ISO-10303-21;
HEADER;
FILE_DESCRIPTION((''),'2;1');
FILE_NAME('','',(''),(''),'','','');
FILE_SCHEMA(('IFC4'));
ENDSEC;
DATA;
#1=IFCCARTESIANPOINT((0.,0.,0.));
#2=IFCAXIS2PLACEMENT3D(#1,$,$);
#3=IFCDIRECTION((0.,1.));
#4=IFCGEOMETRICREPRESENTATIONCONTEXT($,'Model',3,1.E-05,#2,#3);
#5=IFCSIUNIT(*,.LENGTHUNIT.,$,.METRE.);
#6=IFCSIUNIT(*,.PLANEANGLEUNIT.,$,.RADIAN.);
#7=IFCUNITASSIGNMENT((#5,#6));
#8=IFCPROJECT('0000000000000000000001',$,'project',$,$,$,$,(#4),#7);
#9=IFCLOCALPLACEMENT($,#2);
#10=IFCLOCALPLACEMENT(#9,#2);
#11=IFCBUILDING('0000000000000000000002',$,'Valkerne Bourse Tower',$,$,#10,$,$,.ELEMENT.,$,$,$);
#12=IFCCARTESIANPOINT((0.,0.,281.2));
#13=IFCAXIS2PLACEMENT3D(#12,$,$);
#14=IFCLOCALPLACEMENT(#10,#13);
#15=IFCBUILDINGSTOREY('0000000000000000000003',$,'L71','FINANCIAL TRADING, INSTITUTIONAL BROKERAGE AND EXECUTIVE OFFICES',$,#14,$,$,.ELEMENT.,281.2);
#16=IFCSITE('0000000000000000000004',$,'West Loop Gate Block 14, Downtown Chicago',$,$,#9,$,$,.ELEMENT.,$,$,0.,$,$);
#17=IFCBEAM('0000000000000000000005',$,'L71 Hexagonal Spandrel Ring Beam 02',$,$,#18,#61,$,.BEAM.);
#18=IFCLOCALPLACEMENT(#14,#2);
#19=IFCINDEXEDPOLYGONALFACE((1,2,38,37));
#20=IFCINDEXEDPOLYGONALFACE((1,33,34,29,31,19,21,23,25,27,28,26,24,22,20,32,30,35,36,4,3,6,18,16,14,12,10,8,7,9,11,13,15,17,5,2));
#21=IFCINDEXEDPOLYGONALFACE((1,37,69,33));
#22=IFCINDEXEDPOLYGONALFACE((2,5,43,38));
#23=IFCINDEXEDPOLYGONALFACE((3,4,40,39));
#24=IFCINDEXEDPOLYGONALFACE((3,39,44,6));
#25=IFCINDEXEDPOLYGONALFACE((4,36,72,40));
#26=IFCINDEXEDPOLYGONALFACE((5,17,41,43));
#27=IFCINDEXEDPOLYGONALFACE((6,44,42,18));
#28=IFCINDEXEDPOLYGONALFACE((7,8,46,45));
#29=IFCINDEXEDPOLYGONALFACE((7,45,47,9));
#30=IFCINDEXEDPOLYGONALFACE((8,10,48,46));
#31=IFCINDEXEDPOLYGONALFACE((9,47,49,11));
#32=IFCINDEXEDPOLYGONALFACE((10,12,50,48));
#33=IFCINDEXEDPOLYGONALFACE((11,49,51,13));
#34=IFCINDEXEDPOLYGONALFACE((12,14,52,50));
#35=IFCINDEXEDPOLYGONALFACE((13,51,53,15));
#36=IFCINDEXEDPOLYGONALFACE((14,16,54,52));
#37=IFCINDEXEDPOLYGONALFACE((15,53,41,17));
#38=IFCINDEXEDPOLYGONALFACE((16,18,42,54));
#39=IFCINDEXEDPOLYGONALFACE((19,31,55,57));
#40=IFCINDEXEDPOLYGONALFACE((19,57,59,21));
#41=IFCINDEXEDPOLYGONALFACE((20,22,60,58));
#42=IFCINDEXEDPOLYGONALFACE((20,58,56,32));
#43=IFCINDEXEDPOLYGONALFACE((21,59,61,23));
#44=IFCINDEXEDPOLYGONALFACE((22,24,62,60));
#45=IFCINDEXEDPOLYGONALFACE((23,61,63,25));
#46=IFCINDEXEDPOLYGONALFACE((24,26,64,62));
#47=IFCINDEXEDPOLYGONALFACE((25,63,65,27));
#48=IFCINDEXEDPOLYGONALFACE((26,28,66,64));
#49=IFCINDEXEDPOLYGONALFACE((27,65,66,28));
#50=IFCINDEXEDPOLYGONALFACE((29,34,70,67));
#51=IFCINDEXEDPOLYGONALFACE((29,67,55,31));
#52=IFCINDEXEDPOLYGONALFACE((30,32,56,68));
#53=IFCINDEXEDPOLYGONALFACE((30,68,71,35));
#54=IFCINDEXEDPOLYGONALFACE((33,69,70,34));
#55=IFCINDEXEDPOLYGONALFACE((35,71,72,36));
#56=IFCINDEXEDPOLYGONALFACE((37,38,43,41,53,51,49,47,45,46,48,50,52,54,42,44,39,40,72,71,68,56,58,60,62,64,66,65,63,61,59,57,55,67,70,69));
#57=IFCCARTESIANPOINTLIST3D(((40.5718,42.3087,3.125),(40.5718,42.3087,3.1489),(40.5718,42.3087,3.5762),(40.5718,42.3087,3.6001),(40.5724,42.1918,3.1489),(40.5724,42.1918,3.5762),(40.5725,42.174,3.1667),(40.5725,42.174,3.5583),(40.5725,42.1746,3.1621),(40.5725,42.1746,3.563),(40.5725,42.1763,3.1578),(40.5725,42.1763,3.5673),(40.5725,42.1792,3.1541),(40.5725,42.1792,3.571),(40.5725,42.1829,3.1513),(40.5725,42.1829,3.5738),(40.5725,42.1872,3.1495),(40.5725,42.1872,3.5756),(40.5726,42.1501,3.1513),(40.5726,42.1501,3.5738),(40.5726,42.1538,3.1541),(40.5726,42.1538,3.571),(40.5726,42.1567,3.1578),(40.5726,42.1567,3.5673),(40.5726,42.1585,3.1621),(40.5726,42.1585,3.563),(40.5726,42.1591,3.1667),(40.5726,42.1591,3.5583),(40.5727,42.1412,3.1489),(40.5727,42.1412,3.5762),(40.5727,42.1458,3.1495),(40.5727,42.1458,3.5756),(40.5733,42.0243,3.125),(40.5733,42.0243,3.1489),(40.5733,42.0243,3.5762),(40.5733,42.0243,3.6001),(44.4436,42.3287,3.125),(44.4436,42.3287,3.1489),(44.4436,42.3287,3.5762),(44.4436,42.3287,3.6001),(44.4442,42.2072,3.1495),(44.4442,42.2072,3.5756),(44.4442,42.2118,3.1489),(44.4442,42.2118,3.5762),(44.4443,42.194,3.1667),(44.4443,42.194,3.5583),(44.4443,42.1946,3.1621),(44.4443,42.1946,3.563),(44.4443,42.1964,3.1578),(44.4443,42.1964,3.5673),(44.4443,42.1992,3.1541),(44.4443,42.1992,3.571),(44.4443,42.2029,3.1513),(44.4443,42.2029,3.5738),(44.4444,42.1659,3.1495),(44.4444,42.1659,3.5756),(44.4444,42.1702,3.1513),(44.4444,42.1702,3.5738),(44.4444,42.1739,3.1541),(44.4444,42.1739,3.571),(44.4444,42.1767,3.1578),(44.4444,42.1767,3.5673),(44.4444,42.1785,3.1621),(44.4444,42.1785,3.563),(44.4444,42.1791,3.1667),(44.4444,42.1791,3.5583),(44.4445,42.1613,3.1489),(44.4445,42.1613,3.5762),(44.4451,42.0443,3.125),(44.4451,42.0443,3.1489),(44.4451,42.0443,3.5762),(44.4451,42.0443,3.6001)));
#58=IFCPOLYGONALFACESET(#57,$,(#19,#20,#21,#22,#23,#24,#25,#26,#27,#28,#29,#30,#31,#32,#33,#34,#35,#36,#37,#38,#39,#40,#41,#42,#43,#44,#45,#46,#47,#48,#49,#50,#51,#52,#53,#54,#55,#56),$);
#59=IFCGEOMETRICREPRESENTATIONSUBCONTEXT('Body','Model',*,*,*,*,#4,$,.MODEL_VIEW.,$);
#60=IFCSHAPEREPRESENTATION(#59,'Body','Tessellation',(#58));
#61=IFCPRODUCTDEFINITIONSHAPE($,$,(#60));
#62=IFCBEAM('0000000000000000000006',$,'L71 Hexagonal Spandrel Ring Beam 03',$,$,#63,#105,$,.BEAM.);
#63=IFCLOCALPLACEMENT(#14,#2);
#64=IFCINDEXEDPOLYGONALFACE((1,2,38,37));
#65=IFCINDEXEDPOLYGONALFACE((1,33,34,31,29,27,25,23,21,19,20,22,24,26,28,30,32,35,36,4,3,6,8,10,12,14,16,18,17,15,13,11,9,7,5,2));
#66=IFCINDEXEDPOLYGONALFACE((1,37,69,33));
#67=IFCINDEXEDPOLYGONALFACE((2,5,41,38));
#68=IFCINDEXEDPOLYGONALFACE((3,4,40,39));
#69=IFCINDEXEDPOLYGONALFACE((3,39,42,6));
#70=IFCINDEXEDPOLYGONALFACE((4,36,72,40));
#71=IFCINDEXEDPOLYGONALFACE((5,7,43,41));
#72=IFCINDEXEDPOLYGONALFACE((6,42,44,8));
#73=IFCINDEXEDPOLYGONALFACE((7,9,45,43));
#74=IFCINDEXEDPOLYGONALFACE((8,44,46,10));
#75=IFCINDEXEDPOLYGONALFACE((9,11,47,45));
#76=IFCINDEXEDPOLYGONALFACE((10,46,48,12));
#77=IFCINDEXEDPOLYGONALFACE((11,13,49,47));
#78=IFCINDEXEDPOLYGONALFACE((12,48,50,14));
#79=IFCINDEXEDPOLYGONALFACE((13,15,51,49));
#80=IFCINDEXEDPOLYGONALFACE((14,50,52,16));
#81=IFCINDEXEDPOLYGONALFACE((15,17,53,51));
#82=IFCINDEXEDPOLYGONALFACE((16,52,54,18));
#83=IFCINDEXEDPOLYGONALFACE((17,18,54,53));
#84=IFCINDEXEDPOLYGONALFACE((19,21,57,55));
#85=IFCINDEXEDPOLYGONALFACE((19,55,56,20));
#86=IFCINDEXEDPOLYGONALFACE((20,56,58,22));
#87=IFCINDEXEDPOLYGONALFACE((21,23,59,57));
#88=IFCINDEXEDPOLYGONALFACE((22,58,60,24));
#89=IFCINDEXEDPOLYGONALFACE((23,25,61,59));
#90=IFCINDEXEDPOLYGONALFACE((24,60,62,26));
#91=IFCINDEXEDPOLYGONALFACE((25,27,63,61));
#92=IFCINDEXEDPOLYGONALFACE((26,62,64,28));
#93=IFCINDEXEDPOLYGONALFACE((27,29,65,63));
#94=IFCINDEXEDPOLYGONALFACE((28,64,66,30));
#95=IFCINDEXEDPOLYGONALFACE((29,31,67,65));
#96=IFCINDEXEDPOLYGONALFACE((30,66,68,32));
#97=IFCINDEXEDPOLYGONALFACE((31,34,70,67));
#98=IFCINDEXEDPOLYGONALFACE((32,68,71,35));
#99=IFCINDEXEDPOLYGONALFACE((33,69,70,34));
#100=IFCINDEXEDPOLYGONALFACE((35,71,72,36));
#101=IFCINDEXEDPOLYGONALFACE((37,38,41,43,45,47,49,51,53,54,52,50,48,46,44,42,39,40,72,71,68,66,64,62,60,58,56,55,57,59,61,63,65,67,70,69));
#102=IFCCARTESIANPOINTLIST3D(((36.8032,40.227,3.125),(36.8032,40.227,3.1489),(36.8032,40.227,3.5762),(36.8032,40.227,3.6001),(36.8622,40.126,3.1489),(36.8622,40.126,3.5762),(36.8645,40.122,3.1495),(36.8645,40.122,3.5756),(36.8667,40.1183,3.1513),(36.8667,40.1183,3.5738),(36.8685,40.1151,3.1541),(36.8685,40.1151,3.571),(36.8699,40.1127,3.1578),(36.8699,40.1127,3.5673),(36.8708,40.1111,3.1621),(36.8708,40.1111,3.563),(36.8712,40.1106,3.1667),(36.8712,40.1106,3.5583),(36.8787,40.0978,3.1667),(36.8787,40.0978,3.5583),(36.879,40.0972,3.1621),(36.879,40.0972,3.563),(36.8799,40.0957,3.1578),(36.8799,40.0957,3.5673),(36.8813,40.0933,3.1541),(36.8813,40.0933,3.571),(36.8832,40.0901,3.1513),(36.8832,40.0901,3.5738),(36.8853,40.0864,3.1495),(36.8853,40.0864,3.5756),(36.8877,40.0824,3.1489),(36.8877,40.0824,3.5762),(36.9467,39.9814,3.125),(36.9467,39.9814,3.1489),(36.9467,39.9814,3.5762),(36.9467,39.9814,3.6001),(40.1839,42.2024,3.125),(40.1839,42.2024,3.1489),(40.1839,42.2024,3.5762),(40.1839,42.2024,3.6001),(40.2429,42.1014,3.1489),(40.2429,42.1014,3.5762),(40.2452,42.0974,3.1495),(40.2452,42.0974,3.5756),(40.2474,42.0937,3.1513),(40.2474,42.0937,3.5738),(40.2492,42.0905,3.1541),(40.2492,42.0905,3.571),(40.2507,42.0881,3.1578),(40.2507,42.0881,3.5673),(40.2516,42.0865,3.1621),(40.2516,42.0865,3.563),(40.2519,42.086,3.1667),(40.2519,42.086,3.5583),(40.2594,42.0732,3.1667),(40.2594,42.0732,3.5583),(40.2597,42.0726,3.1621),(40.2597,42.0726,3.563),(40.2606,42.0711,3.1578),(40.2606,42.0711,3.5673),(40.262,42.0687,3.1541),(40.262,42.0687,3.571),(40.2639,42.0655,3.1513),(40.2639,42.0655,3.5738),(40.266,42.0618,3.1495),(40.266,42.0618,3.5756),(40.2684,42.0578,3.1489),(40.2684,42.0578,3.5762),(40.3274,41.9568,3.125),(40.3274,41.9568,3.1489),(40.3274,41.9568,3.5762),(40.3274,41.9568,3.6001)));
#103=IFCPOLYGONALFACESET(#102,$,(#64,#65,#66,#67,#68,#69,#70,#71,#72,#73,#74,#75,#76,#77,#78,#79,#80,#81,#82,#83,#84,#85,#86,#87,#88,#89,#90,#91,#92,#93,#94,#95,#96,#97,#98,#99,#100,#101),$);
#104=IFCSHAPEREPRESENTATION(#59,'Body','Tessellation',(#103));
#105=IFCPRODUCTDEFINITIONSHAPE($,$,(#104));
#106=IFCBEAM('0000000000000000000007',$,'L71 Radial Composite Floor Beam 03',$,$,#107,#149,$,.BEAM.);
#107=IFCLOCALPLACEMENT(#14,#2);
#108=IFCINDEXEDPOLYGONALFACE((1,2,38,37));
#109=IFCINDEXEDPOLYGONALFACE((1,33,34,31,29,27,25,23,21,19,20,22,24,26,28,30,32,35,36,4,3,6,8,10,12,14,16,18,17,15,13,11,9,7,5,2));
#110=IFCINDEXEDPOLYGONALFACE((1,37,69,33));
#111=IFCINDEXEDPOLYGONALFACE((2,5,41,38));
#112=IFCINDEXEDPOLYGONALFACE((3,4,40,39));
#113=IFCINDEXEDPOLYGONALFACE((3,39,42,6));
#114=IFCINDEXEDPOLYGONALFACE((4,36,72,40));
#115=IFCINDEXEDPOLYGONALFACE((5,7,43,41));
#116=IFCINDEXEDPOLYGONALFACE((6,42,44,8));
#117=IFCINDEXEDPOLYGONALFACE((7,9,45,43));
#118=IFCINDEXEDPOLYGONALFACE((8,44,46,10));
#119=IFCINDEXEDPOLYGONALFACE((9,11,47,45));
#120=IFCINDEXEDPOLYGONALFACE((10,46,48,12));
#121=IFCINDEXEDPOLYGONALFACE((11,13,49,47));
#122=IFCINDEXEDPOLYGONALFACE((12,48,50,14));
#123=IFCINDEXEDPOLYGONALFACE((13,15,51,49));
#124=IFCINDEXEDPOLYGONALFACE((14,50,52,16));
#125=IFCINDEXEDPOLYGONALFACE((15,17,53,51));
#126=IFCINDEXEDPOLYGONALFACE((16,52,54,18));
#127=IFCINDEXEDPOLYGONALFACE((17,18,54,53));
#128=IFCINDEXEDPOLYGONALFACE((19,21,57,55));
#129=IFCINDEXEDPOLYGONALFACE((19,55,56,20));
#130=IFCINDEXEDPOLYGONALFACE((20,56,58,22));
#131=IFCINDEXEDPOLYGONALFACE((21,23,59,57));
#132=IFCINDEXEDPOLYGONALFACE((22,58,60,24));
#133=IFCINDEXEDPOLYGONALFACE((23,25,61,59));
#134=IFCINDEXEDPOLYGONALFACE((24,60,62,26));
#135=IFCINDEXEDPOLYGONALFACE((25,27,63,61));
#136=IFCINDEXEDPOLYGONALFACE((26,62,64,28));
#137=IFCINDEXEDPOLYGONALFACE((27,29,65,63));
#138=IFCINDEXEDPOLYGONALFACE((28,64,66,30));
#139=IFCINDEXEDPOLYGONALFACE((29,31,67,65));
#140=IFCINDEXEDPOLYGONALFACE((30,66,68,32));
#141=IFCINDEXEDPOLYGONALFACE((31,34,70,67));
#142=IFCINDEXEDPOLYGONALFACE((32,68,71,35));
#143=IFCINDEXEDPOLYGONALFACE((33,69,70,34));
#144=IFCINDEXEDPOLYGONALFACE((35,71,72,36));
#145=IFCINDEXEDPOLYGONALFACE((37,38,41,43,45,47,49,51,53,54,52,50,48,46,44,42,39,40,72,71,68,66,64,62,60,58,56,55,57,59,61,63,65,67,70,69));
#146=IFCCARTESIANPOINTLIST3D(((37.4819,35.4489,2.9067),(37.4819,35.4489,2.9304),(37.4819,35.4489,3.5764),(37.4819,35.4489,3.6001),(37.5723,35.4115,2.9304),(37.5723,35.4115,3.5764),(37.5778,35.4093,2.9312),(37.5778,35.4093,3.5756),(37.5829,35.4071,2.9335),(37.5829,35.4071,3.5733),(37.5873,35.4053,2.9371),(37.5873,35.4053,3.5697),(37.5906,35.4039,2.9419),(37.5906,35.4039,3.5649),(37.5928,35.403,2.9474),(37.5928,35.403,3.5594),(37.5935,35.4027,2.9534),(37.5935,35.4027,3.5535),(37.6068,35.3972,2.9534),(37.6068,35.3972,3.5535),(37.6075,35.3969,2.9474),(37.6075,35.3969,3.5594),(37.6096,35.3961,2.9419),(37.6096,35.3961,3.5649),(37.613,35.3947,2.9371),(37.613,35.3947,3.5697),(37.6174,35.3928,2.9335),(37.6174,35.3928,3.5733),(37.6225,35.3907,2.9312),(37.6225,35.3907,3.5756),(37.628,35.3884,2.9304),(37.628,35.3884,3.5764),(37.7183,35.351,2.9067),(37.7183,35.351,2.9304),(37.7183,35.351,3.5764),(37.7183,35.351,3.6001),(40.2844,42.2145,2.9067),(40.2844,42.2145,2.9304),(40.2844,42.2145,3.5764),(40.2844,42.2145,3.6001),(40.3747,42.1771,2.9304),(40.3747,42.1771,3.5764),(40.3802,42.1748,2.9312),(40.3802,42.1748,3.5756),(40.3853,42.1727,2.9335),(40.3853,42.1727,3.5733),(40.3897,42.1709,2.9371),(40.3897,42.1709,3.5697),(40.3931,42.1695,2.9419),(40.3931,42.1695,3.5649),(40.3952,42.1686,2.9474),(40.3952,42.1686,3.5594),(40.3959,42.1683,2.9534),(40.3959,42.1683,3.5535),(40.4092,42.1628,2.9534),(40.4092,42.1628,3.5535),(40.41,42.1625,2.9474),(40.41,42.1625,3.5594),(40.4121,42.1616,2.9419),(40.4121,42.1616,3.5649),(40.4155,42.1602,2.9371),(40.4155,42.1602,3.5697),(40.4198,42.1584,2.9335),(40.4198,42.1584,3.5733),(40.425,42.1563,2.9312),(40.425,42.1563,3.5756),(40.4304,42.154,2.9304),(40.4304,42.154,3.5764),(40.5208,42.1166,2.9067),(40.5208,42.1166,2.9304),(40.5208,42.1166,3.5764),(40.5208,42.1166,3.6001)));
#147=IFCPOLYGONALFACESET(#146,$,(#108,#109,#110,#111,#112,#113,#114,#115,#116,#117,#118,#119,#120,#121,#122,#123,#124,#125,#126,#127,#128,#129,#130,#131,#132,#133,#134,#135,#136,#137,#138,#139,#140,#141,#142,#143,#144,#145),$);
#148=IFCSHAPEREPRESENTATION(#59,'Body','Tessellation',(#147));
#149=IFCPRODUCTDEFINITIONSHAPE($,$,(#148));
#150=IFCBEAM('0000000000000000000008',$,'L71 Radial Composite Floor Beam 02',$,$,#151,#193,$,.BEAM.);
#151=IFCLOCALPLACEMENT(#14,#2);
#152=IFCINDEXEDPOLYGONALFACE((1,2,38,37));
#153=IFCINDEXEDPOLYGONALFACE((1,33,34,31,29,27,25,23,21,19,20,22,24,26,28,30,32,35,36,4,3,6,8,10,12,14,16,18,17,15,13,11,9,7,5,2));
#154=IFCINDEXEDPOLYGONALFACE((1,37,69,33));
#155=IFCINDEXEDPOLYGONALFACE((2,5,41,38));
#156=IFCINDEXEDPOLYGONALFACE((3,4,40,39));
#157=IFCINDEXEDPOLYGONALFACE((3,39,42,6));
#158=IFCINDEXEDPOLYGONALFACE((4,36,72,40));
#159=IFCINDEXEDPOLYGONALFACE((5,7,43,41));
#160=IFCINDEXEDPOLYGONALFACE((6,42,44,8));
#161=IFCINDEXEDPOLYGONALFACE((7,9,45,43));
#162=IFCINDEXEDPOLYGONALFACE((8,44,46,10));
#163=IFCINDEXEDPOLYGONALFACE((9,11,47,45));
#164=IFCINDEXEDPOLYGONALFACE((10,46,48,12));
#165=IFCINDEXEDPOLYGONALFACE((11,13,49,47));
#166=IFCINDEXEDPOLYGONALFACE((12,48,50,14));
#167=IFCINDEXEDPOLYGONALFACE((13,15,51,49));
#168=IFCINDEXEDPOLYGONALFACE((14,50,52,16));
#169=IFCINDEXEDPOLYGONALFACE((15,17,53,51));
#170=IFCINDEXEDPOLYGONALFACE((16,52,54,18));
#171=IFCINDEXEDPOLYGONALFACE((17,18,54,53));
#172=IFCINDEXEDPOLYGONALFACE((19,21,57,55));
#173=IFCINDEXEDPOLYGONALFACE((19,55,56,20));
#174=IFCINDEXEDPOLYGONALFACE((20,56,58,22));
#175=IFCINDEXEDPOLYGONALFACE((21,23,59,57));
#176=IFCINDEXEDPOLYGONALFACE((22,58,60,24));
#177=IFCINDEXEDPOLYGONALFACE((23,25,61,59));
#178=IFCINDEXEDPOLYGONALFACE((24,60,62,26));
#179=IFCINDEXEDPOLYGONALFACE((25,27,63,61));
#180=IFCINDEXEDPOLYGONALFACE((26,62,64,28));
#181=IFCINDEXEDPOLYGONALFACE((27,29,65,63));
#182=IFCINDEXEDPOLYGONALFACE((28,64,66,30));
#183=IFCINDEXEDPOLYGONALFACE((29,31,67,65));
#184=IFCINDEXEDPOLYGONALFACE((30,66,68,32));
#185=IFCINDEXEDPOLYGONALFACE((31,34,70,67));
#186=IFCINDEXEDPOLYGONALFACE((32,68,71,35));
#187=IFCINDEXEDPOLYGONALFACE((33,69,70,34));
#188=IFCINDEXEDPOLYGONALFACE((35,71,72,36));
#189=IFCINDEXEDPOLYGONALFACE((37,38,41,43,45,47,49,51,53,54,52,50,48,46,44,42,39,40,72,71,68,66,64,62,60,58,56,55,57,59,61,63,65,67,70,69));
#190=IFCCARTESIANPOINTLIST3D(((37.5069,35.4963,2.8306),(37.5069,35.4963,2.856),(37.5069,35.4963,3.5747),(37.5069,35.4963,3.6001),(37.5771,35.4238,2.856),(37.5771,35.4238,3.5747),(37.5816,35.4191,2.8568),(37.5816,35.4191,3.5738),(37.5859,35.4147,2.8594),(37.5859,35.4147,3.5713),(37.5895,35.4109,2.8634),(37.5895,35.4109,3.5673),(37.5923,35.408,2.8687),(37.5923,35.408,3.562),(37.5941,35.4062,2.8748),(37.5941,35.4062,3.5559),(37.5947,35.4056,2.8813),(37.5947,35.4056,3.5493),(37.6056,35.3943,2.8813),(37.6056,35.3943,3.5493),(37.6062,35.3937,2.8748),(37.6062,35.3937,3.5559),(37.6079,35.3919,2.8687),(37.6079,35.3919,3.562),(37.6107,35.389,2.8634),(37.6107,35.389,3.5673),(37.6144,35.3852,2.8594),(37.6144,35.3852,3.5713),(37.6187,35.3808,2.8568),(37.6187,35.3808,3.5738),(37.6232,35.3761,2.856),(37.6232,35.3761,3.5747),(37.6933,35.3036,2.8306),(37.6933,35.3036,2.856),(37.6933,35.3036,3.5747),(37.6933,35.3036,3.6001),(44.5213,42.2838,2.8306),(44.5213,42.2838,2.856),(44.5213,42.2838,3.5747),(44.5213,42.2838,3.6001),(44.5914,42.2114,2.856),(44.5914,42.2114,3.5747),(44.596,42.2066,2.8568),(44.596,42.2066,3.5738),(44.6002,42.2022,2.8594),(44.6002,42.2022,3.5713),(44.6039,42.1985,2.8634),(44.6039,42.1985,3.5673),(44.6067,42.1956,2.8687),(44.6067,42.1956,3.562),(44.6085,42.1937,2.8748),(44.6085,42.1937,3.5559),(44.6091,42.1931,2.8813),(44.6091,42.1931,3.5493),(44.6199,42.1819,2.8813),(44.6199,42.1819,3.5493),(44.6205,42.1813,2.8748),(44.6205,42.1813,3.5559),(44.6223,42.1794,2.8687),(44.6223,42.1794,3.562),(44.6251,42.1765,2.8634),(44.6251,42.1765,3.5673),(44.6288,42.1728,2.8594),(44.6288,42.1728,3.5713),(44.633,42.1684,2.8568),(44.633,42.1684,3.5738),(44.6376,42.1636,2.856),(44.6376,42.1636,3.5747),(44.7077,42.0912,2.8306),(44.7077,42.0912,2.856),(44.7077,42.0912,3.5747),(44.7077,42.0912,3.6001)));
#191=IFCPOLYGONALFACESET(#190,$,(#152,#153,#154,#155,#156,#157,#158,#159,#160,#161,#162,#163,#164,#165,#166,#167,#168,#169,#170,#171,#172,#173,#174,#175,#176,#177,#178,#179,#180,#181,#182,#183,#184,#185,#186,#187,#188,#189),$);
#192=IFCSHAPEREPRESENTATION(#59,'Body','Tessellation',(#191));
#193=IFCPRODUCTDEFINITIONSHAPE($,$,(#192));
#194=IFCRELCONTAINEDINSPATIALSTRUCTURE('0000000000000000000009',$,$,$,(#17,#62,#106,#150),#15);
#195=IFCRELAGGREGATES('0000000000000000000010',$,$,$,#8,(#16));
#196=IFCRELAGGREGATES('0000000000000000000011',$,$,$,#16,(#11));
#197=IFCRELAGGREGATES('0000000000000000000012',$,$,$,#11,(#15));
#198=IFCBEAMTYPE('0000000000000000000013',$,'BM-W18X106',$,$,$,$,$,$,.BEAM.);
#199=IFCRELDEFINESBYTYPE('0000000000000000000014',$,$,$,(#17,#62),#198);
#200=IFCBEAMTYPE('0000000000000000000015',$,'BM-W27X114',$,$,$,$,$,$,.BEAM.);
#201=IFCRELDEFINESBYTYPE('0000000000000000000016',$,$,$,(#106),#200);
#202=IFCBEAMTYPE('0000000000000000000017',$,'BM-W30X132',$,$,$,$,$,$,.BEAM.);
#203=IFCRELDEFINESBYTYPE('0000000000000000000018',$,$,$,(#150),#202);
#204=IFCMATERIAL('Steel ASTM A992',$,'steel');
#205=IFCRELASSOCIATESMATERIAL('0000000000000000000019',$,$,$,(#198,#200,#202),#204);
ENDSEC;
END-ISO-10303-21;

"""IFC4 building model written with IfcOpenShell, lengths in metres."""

from ifc_helpers import new_model, si_unit, direction, frame, origin, origin_2d, place, context, subcontext, project, spatial, i_section, extrude, material, material_profile, profile_set, type_object, element, save


model = new_model("IFC4")

# Units and contexts
model_context = context("Model", 3, precision=1e-05, world=origin(), true_north=direction((0.0, 1.0)))
body_context = subcontext(model_context, "Body", "Model", "MODEL_VIEW")
ifc_project = project(units=[si_unit("LENGTHUNIT", "METRE"), si_unit("PLANEANGLEUNIT", "RADIAN")], contexts=[model_context])

# Site, building, storey
site_placement = place(None, origin())
site = spatial("IfcSite", under=ifc_project, at=site_placement, Name="West Loop Gate Block 14, Downtown Chicago", CompositionType="ELEMENT", RefElevation=0.0)
building_placement = place(site_placement, origin())
building = spatial("IfcBuilding", under=site, at=building_placement, Name="Valkerne Bourse Tower", CompositionType="ELEMENT")
storey_placement = place(building_placement, frame((0.0, 0.0, 281.2)))
storey = spatial("IfcBuildingStorey", under=building, at=storey_placement, Name="L71", Description="FINANCIAL TRADING, INSTITUTIONAL BROKERAGE AND EXECUTIVE OFFICES", CompositionType="ELEMENT", Elevation=281.2)

# Beams
ifc_material_1 = material(Name="Steel ASTM A992", Category="steel")
ifc_material_profile_1 = material_profile(ifc_material_1, i_section(OverallWidth=0.2844, OverallDepth=0.4751, WebThickness=0.0149, FlangeThickness=0.0239, FilletRadius=0.0178, at=origin_2d()), Name="W18X106")
ifc_profile_set_1 = profile_set([ifc_material_profile_1], Name="Steel ASTM A992")
beam_type_1 = type_object("IfcBeamType", Name="BM-W18X106", PredefinedType="BEAM", material=ifc_profile_set_1)
beam_1_placement = place(storey_placement, frame((44.4443, 42.1865, 3.3625), z_axis=(-0.999987, -0.00517, 0.0), x_axis=(0.00517, -0.999987, 0.0)))
element("IfcBeam", 1, at=beam_1_placement, inside=storey, type_object=beam_type_1, Name="L71 Hexagonal Spandrel Ring Beam 02", PredefinedType="BEAM", context=body_context, shape_type="SweptSolid", body=[
    extrude(i_section(OverallWidth=0.2844, OverallDepth=0.4751, WebThickness=0.0149, FlangeThickness=0.0239, FilletRadius=0.0178, at=origin_2d()), origin(), (0.0, 0.0, 1.0), 3.8718),
])
beam_2_placement = place(storey_placement, frame((40.2556, 42.0796, 3.3625), z_axis=(-0.86341, -0.504503, 0.0), x_axis=(0.504503, -0.86341, 0.0)))
element("IfcBeam", 2, at=beam_2_placement, inside=storey, type_object=beam_type_1, Name="L71 Hexagonal Spandrel Ring Beam 03", PredefinedType="BEAM", context=body_context, shape_type="SweptSolid", body=[
    extrude(i_section(OverallWidth=0.2844, OverallDepth=0.4751, WebThickness=0.0149, FlangeThickness=0.0239, FilletRadius=0.0178, at=origin_2d()), origin(), (0.0, 0.0, 1.0), 3.9155),
])
ifc_material_profile_2 = material_profile(ifc_material_1, i_section(OverallWidth=0.2559, OverallDepth=0.6934, WebThickness=0.0144, FlangeThickness=0.0237, FilletRadius=0.0229, at=origin_2d()), Name="W27X114")
ifc_profile_set_2 = profile_set([ifc_material_profile_2], Name="Steel ASTM A992")
beam_type_2 = type_object("IfcBeamType", Name="BM-W27X114", PredefinedType="BEAM", material=ifc_profile_set_2)
beam_3_placement = place(storey_placement, frame((40.4026, 42.1655, 3.2534), z_axis=(-0.382692, -0.923876, 0.0), x_axis=(0.923876, -0.382692, 0.0)))
element("IfcBeam", 3, at=beam_3_placement, inside=storey, type_object=beam_type_2, Name="L71 Radial Composite Floor Beam 03", PredefinedType="BEAM", context=body_context, shape_type="SweptSolid", body=[
    extrude(i_section(OverallWidth=0.2559, OverallDepth=0.6934, WebThickness=0.0144, FlangeThickness=0.0237, FilletRadius=0.0229, at=origin_2d()), origin(), (0.0, 0.0, 1.0), 7.323),
])
ifc_material_profile_3 = material_profile(ifc_material_1, i_section(OverallWidth=0.2681, OverallDepth=0.7695, WebThickness=0.0156, FlangeThickness=0.0254, FilletRadius=0.0254, at=origin_2d()), Name="W30X132")
ifc_profile_set_3 = profile_set([ifc_material_profile_3], Name="Steel ASTM A992")
beam_type_3 = type_object("IfcBeamType", Name="BM-W30X132", PredefinedType="BEAM", material=ifc_profile_set_3)
beam_4_placement = place(storey_placement, frame((44.6145, 42.1875, 3.2153), z_axis=(-0.71863, -0.695393, 0.0), x_axis=(0.695393, -0.71863, 0.0)))
element("IfcBeam", 4, at=beam_4_placement, inside=storey, type_object=beam_type_3, Name="L71 Radial Composite Floor Beam 02", PredefinedType="BEAM", context=body_context, shape_type="SweptSolid", body=[
    extrude(i_section(OverallWidth=0.2681, OverallDepth=0.7695, WebThickness=0.0156, FlangeThickness=0.0254, FilletRadius=0.0254, at=origin_2d()), origin(), (0.0, 0.0, 1.0), 9.7607),
])

save(model, "model.ifc")
